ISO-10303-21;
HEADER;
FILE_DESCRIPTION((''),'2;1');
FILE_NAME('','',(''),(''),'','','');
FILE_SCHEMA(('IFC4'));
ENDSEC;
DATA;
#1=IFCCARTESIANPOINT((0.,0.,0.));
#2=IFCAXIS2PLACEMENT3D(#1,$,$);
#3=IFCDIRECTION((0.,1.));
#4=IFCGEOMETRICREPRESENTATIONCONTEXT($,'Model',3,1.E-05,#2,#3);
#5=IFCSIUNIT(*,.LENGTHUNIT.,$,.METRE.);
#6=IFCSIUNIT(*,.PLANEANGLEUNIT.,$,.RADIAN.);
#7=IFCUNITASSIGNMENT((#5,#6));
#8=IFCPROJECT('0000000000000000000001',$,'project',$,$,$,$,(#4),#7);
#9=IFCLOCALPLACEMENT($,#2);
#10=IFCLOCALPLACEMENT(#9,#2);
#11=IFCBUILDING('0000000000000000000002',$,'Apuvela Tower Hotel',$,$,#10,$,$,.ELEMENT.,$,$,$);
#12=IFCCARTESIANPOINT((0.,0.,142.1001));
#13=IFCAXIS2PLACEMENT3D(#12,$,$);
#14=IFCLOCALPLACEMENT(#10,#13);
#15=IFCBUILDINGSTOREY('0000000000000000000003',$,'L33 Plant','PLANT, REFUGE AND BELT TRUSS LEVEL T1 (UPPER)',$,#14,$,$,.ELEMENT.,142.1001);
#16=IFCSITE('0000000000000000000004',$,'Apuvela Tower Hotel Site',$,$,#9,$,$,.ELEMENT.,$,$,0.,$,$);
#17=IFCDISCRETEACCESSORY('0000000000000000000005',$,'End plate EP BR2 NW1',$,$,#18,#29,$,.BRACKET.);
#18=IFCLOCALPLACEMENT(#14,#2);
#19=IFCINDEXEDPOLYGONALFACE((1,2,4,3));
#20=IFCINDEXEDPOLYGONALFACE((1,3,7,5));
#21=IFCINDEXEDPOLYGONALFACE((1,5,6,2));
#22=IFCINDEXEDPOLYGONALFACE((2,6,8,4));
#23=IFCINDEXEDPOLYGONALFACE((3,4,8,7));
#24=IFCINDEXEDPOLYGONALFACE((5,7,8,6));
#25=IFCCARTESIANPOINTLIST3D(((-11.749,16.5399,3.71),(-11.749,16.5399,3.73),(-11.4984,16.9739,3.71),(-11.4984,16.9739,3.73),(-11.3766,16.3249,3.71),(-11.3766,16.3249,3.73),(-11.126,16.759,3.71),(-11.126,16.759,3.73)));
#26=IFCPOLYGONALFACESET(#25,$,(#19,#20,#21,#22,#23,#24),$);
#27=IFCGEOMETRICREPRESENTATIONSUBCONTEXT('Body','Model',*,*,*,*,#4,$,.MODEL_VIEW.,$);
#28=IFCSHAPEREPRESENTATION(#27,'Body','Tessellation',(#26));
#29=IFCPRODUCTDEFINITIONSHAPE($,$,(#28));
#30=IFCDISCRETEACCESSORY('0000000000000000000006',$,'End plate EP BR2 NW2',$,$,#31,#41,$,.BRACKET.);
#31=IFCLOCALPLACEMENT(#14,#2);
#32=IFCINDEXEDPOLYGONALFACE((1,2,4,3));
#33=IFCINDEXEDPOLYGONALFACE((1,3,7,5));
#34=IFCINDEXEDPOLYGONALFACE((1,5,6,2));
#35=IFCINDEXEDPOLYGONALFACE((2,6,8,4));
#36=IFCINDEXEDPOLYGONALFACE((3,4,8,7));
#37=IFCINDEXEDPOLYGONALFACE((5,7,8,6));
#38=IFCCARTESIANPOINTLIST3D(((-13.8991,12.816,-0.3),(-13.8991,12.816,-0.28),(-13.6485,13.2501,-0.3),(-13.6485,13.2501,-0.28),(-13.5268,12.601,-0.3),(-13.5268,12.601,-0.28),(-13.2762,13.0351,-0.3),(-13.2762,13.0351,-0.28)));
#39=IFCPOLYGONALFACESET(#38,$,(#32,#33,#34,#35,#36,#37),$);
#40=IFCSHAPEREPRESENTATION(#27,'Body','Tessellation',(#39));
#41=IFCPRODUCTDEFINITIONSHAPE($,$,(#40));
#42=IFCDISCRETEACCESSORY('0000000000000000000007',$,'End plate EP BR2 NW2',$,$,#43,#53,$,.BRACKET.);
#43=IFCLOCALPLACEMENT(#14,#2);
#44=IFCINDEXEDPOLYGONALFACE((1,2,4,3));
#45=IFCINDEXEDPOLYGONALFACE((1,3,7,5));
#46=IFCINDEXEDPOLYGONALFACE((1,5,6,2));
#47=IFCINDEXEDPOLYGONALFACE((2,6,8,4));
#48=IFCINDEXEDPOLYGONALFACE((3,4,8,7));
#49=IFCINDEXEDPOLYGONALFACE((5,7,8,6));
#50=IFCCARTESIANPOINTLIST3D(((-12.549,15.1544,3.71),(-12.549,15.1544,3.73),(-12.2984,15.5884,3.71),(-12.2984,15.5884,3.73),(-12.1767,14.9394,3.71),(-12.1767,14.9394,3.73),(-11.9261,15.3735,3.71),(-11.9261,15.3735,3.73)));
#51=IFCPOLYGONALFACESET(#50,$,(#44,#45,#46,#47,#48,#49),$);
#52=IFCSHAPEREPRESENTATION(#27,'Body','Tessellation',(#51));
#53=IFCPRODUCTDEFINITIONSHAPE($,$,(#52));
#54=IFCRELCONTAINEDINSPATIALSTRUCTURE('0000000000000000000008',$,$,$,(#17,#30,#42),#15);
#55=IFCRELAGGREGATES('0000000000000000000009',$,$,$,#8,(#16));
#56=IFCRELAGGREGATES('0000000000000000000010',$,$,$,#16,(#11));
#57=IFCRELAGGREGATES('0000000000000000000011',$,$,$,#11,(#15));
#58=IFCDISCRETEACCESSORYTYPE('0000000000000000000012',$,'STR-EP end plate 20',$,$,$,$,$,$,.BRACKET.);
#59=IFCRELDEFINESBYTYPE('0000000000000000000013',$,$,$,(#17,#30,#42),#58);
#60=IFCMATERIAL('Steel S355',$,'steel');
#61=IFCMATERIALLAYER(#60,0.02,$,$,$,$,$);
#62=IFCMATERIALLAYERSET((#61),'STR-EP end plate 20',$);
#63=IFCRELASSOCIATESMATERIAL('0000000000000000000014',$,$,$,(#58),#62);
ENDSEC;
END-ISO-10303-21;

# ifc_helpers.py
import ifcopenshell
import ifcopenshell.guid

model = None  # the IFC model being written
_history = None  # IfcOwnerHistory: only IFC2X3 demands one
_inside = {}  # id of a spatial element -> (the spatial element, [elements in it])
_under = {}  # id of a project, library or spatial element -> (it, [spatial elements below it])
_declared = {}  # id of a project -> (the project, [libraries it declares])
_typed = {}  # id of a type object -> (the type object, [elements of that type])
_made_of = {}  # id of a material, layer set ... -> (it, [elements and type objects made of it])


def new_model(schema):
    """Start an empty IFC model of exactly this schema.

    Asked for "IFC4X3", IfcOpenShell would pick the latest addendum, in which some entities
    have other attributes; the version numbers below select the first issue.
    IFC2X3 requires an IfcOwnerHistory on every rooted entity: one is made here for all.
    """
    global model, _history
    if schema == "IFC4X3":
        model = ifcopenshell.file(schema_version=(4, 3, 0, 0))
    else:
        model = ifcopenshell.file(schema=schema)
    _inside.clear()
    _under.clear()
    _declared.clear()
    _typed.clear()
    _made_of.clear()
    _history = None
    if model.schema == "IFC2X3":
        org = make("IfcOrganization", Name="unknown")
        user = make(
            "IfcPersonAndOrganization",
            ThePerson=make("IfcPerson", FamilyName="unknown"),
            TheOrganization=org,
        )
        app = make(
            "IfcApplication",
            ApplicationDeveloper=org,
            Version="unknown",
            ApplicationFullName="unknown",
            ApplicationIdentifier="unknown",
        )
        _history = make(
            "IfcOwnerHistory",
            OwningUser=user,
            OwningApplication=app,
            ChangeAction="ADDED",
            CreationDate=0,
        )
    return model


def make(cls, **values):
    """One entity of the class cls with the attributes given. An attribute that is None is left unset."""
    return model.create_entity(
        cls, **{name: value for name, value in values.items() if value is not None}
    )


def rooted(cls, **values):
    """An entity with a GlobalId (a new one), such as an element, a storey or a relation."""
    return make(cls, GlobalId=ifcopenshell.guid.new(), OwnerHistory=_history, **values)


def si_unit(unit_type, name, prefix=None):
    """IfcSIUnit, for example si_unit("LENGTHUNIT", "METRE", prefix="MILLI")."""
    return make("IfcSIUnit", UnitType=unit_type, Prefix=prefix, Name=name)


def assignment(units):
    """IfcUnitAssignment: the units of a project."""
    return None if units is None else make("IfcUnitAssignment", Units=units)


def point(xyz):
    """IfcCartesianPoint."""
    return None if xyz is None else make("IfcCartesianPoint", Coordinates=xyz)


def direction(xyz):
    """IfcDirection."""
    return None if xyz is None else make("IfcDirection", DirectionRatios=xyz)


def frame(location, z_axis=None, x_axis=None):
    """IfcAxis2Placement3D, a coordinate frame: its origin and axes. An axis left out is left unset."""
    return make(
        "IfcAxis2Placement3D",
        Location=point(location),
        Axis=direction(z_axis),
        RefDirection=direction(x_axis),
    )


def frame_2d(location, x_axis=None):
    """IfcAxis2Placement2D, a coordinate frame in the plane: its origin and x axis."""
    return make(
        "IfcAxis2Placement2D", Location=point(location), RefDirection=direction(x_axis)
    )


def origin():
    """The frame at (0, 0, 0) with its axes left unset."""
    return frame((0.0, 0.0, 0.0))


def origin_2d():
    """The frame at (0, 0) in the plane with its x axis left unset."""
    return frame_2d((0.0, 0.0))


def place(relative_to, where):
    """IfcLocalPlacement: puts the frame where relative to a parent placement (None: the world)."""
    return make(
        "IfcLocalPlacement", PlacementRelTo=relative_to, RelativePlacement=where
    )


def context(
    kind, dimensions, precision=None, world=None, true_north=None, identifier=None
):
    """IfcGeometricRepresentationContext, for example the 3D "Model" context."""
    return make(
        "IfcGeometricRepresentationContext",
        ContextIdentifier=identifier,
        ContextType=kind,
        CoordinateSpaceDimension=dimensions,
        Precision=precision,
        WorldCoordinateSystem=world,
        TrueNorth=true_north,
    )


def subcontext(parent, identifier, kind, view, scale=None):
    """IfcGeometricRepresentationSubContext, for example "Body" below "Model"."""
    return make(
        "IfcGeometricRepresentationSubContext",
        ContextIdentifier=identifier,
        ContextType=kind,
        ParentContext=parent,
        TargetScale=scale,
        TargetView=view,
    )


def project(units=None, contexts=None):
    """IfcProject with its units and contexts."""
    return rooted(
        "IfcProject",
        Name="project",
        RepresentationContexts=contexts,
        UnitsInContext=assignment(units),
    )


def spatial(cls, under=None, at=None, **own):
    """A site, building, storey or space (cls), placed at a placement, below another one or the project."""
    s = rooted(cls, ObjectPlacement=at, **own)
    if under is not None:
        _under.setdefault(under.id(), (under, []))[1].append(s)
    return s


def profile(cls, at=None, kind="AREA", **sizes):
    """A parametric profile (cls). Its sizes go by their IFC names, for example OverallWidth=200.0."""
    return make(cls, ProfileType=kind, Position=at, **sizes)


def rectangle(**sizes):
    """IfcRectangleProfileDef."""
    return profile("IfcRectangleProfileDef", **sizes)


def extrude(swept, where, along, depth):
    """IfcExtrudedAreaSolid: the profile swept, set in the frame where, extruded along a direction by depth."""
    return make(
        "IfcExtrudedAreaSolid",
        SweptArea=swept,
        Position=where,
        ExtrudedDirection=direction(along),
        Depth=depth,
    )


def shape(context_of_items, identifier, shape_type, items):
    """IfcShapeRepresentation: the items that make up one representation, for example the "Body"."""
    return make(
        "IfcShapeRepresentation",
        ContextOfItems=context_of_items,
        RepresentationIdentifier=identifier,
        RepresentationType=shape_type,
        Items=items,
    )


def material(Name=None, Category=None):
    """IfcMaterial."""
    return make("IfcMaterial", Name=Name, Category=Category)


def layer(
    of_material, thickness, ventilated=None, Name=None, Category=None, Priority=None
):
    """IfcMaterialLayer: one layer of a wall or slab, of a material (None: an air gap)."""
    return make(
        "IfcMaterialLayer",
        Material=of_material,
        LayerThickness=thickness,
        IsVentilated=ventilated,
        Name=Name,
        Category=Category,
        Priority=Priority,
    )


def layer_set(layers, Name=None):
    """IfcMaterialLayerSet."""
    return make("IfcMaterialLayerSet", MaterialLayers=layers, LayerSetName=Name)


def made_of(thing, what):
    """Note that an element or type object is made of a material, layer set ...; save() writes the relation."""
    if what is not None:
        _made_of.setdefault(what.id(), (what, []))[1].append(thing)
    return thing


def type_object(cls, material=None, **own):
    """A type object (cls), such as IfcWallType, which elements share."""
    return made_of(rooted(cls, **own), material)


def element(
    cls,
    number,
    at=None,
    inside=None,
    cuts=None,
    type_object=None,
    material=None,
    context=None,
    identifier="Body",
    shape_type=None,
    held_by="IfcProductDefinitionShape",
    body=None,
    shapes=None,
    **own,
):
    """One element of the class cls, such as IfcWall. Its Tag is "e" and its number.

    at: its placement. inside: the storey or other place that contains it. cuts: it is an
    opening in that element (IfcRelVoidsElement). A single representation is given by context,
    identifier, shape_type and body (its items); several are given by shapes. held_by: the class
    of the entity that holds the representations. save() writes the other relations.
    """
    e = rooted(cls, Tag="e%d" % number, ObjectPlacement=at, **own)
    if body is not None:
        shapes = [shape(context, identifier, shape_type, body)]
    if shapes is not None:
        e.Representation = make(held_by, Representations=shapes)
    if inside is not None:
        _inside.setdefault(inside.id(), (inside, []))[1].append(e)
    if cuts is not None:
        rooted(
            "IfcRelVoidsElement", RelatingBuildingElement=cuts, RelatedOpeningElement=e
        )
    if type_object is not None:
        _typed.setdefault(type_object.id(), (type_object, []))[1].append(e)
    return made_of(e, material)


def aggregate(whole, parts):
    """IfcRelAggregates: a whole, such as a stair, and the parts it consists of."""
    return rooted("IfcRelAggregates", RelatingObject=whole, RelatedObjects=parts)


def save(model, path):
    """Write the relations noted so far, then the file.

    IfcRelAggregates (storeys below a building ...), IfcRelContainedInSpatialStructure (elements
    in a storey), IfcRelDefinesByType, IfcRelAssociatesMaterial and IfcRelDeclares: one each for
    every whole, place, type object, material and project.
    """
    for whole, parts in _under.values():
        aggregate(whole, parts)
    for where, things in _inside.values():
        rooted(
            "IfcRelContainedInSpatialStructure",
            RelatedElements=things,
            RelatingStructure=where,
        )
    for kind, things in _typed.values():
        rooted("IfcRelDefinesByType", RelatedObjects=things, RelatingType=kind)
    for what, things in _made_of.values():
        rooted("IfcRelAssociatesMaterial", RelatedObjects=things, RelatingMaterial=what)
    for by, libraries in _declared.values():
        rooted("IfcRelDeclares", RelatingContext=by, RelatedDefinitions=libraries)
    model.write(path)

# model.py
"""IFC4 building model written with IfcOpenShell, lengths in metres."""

from ifc_helpers import new_model, si_unit, direction, frame, origin, origin_2d, place, context, subcontext, project, spatial, rectangle, extrude, material, layer, layer_set, type_object, element, save


model = new_model("IFC4")

# Units and contexts
model_context = context("Model", 3, precision=1e-05, world=origin(), true_north=direction((0.0, 1.0)))
body_context = subcontext(model_context, "Body", "Model", "MODEL_VIEW")
ifc_project = project(units=[si_unit("LENGTHUNIT", "METRE"), si_unit("PLANEANGLEUNIT", "RADIAN")], contexts=[model_context])

# Site, building, storey
site_placement = place(None, origin())
site = spatial("IfcSite", under=ifc_project, at=site_placement, Name="Apuvela Tower Hotel Site", CompositionType="ELEMENT", RefElevation=0.0)
building_placement = place(site_placement, origin())
building = spatial("IfcBuilding", under=site, at=building_placement, Name="Apuvela Tower Hotel", CompositionType="ELEMENT")
storey_placement = place(building_placement, frame((0.0, 0.0, 142.1001)))
storey = spatial("IfcBuildingStorey", under=building, at=storey_placement, Name="L33 Plant", Description="PLANT, REFUGE AND BELT TRUSS LEVEL T1 (UPPER)", CompositionType="ELEMENT", Elevation=142.1001)

# Shared definitions
ifc_material_1 = material(Name="Steel S355", Category="steel")

# Discrete accessories
ifc_layer_1 = layer(ifc_material_1, 0.02)
ifc_layer_set_1 = layer_set([ifc_layer_1], Name="STR-EP end plate 20")
discrete_accessory_type = type_object("IfcDiscreteAccessoryType", Name="STR-EP end plate 20", PredefinedType="BRACKET", material=ifc_layer_set_1)
for number, where, z_axis, x_axis, name in (
    (1, (-11.4375, 16.6494, 3.71), (0.0, 0.0, 1.0), (-0.5, -0.866025, 0.0), "End plate EP BR2 NW1"),
    (2, (-13.5876, 12.9255, -0.3), (0.0, 0.0, 1.0), (0.5, 0.866025, 0.0), "End plate EP BR2 NW2"),
    (3, (-12.2375, 15.2639, 3.71), (0.0, 0.0, 1.0), (0.5, 0.866025, 0.0), "End plate EP BR2 NW2"),
):
    element("IfcDiscreteAccessory", number, at=place(storey_placement, frame(where, z_axis=z_axis, x_axis=x_axis)), inside=storey, type_object=discrete_accessory_type, Name=name, PredefinedType="BRACKET", context=body_context, shape_type="SweptSolid", body=[
        extrude(rectangle(XDim=0.5012, YDim=0.4299, at=origin_2d()), origin(), (0.0, 0.0, 1.0), 0.02),
    ])

save(model, "model.ifc")
